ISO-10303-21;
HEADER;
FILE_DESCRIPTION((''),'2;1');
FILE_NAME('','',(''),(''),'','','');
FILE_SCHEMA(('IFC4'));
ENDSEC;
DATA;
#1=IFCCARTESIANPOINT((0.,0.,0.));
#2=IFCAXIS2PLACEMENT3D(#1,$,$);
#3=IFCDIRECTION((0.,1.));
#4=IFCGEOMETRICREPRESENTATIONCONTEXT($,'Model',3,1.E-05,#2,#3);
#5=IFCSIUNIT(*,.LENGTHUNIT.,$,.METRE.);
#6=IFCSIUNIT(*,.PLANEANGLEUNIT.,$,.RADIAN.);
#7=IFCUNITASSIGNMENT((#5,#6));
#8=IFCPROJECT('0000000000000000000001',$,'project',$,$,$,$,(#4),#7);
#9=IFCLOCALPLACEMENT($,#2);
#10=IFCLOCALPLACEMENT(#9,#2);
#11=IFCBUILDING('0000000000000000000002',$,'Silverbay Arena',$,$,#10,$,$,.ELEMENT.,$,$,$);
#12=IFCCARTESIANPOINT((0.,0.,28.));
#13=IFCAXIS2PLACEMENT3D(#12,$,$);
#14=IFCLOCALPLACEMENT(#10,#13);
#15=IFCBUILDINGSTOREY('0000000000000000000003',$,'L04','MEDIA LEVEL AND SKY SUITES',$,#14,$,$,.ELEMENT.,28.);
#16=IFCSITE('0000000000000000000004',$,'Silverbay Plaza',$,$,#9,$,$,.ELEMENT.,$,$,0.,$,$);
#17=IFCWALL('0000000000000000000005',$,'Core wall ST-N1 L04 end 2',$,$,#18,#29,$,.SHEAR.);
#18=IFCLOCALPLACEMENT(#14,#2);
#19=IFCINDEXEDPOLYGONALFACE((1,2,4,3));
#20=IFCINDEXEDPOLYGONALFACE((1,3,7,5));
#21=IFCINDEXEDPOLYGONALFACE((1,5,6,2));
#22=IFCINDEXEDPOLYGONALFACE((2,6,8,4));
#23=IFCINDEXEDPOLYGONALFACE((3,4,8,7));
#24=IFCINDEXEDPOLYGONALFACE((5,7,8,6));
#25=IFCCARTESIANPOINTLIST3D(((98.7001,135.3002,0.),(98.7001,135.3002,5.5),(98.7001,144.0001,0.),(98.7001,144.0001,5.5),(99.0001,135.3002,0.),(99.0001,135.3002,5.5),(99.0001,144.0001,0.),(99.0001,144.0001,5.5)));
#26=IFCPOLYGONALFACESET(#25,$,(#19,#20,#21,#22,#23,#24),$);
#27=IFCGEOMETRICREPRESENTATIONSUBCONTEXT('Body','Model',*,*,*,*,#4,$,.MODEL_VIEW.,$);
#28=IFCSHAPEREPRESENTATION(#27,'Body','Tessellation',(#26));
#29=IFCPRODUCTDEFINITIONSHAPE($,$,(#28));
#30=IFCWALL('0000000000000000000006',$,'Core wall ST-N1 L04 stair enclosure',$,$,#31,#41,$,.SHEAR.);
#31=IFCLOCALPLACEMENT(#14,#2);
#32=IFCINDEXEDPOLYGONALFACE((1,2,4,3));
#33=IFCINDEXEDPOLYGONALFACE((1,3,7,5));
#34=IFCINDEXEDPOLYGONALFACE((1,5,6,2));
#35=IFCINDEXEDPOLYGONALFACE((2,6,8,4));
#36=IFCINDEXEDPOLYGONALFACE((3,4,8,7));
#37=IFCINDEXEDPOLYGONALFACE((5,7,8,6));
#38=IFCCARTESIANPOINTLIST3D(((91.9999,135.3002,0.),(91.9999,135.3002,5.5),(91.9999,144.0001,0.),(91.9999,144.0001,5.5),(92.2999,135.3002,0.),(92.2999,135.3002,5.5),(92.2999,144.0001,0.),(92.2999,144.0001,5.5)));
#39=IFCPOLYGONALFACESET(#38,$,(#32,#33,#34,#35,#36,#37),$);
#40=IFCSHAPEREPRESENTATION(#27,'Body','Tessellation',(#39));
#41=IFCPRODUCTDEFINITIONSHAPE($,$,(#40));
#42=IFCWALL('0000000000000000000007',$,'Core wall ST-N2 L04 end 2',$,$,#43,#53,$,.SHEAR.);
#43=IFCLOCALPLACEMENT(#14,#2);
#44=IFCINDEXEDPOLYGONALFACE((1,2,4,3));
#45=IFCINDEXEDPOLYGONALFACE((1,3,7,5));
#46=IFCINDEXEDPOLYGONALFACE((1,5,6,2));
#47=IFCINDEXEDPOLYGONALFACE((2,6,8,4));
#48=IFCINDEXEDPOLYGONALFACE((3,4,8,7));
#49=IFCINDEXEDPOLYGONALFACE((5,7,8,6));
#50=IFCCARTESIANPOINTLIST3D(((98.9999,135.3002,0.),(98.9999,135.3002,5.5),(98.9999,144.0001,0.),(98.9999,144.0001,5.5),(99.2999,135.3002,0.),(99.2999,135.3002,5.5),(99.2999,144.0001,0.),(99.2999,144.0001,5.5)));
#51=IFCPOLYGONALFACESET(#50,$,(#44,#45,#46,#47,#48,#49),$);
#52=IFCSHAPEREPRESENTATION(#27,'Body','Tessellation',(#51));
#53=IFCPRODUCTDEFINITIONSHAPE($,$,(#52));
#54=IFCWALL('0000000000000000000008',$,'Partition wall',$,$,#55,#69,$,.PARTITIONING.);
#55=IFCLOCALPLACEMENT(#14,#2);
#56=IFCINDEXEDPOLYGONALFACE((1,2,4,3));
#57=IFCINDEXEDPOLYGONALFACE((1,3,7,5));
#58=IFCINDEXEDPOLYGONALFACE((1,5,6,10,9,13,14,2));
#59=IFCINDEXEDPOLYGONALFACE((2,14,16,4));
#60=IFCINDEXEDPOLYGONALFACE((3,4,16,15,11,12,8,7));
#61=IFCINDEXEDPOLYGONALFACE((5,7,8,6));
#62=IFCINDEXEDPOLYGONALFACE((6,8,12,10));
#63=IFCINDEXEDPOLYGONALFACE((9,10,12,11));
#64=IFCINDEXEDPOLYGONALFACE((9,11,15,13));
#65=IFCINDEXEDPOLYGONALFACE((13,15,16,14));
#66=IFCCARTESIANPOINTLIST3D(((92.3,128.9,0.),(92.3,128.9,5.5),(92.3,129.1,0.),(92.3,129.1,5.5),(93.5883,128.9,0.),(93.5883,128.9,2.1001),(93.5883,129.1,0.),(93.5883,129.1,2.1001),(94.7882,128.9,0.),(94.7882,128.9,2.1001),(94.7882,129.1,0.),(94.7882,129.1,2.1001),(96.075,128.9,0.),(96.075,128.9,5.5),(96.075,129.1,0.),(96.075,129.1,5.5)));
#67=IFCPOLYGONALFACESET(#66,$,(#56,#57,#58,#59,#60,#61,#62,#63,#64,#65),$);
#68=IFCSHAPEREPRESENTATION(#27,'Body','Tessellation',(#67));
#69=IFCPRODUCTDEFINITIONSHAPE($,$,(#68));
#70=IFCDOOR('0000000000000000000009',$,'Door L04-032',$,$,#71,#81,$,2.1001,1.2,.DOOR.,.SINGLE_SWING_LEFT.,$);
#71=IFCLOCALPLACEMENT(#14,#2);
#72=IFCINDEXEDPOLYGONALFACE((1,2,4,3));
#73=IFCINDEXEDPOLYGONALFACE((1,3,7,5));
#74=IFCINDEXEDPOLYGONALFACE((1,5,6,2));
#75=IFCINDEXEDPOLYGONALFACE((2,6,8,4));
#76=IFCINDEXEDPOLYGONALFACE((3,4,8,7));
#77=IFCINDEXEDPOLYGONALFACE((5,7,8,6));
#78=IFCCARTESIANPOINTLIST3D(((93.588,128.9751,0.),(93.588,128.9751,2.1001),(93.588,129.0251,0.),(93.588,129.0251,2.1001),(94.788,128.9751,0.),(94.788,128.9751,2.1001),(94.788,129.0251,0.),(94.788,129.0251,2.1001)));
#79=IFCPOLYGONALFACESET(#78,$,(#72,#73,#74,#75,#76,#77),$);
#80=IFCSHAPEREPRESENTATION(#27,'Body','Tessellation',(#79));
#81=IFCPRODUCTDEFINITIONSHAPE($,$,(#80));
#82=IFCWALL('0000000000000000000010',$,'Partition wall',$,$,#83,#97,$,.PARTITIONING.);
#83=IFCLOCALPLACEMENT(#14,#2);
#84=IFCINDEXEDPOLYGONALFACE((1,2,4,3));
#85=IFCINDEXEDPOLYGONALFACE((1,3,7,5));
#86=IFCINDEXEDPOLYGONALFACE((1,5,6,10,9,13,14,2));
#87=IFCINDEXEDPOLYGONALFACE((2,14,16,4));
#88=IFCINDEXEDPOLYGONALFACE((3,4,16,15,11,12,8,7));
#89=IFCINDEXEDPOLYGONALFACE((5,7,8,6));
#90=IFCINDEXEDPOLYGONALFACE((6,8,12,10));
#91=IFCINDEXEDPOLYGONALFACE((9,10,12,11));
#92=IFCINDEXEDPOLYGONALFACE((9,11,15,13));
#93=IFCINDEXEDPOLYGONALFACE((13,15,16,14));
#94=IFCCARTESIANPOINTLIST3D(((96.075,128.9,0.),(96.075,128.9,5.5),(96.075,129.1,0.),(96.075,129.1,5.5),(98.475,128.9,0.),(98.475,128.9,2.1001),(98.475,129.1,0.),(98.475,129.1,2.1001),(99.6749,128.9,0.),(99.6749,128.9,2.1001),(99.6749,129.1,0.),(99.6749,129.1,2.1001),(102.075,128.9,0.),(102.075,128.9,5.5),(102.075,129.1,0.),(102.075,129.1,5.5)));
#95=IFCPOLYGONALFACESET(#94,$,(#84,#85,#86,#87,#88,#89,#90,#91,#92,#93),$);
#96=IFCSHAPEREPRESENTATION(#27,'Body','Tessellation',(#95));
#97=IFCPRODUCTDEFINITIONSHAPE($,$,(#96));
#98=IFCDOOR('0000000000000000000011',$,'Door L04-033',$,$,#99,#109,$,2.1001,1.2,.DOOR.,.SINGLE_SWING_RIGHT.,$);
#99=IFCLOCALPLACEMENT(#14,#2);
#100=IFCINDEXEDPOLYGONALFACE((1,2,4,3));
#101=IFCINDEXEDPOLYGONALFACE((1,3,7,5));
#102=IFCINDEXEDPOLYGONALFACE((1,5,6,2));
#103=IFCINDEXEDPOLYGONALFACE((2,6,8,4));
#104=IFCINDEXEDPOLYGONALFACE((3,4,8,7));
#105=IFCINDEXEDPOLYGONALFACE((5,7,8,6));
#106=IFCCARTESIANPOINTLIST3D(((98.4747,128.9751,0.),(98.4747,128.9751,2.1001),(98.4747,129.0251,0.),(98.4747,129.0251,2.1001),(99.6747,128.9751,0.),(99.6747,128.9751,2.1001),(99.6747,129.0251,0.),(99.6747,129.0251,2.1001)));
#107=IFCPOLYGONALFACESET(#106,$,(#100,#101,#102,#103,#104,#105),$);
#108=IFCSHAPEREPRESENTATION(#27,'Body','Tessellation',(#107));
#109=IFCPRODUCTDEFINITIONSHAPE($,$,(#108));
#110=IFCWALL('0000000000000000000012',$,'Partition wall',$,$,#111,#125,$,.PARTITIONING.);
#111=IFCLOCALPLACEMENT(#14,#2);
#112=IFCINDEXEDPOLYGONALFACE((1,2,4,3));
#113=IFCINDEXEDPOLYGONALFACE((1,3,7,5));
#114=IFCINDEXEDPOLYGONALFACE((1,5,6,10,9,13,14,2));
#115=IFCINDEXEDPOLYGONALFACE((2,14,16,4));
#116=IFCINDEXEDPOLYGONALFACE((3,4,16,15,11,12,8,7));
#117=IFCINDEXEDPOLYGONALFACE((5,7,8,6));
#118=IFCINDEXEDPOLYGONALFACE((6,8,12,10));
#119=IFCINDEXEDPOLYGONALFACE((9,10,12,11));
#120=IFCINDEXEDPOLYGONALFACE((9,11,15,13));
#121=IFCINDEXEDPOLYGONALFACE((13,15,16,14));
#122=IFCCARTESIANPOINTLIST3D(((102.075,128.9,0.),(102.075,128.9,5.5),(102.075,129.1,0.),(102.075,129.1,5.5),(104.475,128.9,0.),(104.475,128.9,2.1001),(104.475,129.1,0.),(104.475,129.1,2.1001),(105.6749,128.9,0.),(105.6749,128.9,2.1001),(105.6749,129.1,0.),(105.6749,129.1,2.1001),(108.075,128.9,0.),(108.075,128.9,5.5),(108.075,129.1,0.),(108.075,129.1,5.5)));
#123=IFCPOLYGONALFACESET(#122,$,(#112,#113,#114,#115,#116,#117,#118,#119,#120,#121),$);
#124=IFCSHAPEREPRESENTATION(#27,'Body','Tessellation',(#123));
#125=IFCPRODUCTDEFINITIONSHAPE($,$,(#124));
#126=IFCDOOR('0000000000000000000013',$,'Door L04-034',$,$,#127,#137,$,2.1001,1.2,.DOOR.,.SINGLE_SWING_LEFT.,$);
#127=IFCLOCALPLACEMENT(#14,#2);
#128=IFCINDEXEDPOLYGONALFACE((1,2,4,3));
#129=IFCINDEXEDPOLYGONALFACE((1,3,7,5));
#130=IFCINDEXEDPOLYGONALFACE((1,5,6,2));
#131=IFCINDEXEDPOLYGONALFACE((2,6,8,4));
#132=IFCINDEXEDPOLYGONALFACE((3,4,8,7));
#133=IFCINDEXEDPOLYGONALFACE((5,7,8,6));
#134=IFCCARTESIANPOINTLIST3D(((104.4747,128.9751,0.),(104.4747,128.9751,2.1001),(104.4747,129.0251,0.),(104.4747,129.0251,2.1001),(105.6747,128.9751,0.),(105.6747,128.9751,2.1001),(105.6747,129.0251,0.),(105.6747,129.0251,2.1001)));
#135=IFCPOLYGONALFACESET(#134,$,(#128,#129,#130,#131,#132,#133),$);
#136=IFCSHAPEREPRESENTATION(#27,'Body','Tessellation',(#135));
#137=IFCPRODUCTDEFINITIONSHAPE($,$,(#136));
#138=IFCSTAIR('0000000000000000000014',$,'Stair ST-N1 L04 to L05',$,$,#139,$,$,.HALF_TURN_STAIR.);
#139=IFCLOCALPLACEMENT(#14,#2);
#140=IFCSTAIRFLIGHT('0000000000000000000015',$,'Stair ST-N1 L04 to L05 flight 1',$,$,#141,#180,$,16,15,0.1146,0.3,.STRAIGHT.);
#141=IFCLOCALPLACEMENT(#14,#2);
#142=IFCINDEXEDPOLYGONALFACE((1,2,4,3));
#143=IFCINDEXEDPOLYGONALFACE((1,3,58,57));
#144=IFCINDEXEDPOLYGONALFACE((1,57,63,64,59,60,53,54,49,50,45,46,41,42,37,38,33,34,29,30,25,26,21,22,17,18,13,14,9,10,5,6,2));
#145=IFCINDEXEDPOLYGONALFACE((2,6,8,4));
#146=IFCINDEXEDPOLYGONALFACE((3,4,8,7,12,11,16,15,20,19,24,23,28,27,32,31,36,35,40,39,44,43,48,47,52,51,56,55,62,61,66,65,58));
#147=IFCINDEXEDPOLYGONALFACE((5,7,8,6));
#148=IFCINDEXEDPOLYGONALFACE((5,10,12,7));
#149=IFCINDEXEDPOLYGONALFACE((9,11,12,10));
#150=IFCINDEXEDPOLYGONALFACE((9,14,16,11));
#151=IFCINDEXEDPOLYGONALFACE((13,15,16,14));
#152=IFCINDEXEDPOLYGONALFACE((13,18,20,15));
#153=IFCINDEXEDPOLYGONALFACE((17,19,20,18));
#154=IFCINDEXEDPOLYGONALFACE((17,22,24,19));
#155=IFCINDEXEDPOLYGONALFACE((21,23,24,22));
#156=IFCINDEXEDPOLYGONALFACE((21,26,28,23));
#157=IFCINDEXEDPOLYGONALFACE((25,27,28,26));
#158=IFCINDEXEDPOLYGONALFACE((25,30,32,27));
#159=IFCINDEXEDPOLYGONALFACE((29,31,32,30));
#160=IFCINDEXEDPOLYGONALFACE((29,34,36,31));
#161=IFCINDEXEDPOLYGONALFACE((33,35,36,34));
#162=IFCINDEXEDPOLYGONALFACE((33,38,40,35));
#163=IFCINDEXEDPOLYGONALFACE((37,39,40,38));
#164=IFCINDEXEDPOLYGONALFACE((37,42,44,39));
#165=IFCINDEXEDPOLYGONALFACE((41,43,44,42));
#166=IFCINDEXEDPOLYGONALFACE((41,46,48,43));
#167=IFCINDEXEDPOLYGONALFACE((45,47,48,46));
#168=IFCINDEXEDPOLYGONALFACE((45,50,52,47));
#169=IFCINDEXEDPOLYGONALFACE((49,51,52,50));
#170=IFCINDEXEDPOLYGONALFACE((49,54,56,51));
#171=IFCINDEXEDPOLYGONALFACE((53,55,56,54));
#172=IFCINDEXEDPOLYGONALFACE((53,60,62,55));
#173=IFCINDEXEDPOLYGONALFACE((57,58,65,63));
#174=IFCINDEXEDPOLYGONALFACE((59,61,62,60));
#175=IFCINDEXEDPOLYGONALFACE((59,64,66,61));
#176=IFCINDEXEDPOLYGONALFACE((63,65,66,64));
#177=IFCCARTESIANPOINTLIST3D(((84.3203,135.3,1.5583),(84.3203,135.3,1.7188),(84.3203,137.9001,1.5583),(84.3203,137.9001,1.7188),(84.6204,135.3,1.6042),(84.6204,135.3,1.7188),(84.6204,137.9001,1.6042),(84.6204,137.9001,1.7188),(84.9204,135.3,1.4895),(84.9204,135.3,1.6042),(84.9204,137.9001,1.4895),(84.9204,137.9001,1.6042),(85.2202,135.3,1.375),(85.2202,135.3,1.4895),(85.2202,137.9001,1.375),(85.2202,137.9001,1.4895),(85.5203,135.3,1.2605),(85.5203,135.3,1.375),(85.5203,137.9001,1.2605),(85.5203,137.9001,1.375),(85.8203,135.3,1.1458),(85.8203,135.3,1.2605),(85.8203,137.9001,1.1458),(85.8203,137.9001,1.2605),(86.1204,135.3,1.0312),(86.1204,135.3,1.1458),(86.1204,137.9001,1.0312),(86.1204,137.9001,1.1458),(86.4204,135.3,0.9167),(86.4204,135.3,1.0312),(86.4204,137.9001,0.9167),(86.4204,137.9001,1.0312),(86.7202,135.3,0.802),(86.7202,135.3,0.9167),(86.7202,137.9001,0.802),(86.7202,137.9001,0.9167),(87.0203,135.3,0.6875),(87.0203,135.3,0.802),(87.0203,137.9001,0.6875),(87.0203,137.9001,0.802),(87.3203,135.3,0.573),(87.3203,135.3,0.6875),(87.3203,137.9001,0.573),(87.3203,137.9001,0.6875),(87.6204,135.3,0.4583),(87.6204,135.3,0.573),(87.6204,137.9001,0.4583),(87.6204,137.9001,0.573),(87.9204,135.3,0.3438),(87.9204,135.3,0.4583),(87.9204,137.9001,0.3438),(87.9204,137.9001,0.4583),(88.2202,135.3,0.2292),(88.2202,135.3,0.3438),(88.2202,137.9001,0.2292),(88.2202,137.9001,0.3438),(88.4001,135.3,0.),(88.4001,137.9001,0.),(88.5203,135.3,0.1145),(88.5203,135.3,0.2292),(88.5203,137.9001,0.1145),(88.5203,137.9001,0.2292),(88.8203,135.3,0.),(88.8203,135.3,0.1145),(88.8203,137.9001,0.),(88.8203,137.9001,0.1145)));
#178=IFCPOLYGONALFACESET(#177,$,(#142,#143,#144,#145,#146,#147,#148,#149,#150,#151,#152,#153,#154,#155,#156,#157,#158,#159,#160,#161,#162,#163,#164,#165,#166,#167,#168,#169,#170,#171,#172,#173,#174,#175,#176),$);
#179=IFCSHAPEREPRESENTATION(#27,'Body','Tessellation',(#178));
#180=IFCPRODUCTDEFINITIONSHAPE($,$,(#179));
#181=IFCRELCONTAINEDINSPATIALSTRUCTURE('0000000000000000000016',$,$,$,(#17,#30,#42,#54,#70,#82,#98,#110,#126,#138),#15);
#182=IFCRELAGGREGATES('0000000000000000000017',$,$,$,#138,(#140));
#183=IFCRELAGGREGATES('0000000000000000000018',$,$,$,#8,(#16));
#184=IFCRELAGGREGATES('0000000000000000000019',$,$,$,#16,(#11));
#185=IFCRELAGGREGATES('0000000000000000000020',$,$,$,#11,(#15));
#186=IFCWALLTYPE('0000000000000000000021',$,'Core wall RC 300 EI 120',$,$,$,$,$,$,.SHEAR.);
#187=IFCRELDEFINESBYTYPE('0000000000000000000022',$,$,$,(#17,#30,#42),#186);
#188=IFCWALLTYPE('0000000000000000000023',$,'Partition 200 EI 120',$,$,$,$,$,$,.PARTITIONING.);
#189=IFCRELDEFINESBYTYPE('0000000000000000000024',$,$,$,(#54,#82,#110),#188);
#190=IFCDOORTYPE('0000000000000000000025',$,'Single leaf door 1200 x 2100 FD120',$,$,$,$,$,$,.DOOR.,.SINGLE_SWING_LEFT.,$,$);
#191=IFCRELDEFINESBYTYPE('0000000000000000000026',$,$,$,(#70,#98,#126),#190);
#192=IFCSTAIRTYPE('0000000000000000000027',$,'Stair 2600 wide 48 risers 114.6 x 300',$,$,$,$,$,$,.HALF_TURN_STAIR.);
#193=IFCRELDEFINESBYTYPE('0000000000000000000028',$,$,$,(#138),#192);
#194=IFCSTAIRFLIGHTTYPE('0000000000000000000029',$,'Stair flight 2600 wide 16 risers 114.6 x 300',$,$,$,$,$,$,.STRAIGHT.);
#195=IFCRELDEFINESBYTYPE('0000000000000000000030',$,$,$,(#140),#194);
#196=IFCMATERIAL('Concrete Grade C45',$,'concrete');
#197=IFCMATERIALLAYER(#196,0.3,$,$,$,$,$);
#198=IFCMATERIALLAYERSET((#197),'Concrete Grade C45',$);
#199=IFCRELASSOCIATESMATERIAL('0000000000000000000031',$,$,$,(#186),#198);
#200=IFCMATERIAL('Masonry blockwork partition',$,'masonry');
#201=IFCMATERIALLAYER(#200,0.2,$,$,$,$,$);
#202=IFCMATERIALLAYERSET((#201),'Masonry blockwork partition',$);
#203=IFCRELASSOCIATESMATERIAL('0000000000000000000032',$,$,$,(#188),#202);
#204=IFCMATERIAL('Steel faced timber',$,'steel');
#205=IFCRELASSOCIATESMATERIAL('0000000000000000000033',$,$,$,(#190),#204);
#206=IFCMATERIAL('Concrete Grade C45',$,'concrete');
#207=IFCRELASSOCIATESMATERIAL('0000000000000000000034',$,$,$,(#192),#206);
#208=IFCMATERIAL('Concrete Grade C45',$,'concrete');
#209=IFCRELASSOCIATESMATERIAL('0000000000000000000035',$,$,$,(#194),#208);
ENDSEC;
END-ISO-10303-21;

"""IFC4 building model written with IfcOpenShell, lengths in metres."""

from ifc_helpers import new_model, si_unit, direction, frame, frame_2d, origin, place, context, subcontext, project, spatial, polyline, rectangle, outline, extrude, material, layer, layer_set, type_object, element, fill, aggregate, save


model = new_model("IFC4")

# Units and contexts
model_context = context("Model", 3, precision=1e-05, world=origin(), true_north=direction((0.0, 1.0)))
body_context = subcontext(model_context, "Body", "Model", "MODEL_VIEW")
ifc_project = project(units=[si_unit("LENGTHUNIT", "METRE"), si_unit("PLANEANGLEUNIT", "RADIAN")], contexts=[model_context])

# Site, building, storey
site_placement = place(None, origin())
site = spatial("IfcSite", under=ifc_project, at=site_placement, Name="Silverbay Plaza", CompositionType="ELEMENT", RefElevation=0.0)
building_placement = place(site_placement, origin())
building = spatial("IfcBuilding", under=site, at=building_placement, Name="Silverbay Arena", CompositionType="ELEMENT")
storey_placement = place(building_placement, frame((0.0, 0.0, 28.0)))
storey = spatial("IfcBuildingStorey", under=building, at=storey_placement, Name="L04", Description="MEDIA LEVEL AND SKY SUITES", CompositionType="ELEMENT", Elevation=28.0)

# Walls
ifc_material_1 = material(Name="Concrete Grade C45", Category="concrete")
ifc_layer_1 = layer(ifc_material_1, 0.3)
ifc_layer_set_1 = layer_set([ifc_layer_1], Name="Concrete Grade C45")
wall_type_1 = type_object("IfcWallType", Name="Core wall RC 300 EI 120", PredefinedType="SHEAR", material=ifc_layer_set_1)
for number, where, z_axis, x_axis, name in (
    (1, (98.8501, 135.3, 0.0), (0.0, 0.0, 1.0), (0.0, 1.0, 0.0), "Core wall ST-N1 L04 end 2"),
    (2, (92.1499, 135.3, 0.0), (0.0, 0.0, 1.0), (0.0, 1.0, 0.0), "Core wall ST-N1 L04 stair enclosure"),
    (3, (99.1499, 135.3, 0.0), (0.0, 0.0, 1.0), (0.0, 1.0, 0.0), "Core wall ST-N2 L04 end 2"),
):
    element("IfcWall", number, at=place(storey_placement, frame(where, z_axis=z_axis, x_axis=x_axis)), inside=storey, type_object=wall_type_1, Name=name, PredefinedType="SHEAR", context=body_context, shape_type="SweptSolid", body=[
        extrude(rectangle(XDim=8.7, YDim=0.3, at=frame_2d((4.3501, 0.0))), origin(), (0.0, 0.0, 1.0), 5.5),
    ])

# Walls, openings, doors
ifc_material_2 = material(Name="Masonry blockwork partition", Category="masonry")
ifc_layer_2 = layer(ifc_material_2, 0.2)
ifc_layer_set_2 = layer_set([ifc_layer_2], Name="Masonry blockwork partition")
wall_type_2 = type_object("IfcWallType", Name="Partition 200 EI 120", PredefinedType="PARTITIONING", material=ifc_layer_set_2)
wall_1_placement = place(storey_placement, frame((92.3, 129.0, 0.0), z_axis=(0.0, 0.0, 1.0), x_axis=(1.0, 0.0, 0.0)))
wall_1 = element("IfcWall", 4, at=wall_1_placement, inside=storey, type_object=wall_type_2, Name="Partition wall", PredefinedType="PARTITIONING", context=body_context, shape_type="SweptSolid", body=[
    extrude(rectangle(XDim=3.7749, YDim=0.2, at=frame_2d((1.8875, 0.0))), origin(), (0.0, 0.0, 1.0), 5.5),
])
opening_1_placement = place(wall_1_placement, frame((1.2881, 0.0, 0.0)))
opening_1 = element("IfcOpeningElement", 5, at=opening_1_placement, cuts=wall_1, PredefinedType="OPENING", context=body_context, shape_type="SweptSolid", body=[
    extrude(rectangle(XDim=1.2, YDim=2.1001, at=frame_2d((0.6001, 1.05))), frame((0.0, 0.1099, 0.0), z_axis=(0.0, -1.0, 0.0), x_axis=(1.0, 0.0, 0.0)), (0.0, 0.0, 1.0), 0.22),
])
ifc_material_3 = material(Name="Steel faced timber", Category="steel")
door_type = type_object("IfcDoorType", Name="Single leaf door 1200 x 2100 FD120", OperationType="SINGLE_SWING_LEFT", PredefinedType="DOOR", material=ifc_material_3)
door_1_placement = place(opening_1_placement, frame((1.2, 0.0, 0.0), z_axis=(0.0, 0.0, 1.0), x_axis=(-1.0, 0.0, 0.0)))
door_1 = element("IfcDoor", 6, at=door_1_placement, inside=storey, type_object=door_type, Name="Door L04-032", OperationType="SINGLE_SWING_LEFT", OverallHeight=2.1001, OverallWidth=1.2, PredefinedType="DOOR", context=body_context, shape_type="SweptSolid", body=[
    extrude(rectangle(XDim=1.2, YDim=2.1001, at=frame_2d((0.6001, 1.05))), frame((0.0, 0.0249, 0.0), z_axis=(0.0, -1.0, 0.0), x_axis=(1.0, 0.0, 0.0)), (0.0, 0.0, 1.0), 0.05),
])
fill(opening_1, door_1)
wall_2_placement = place(storey_placement, frame((96.075, 129.0, 0.0), z_axis=(0.0, 0.0, 1.0), x_axis=(1.0, 0.0, 0.0)))
wall_2 = element("IfcWall", 7, at=wall_2_placement, inside=storey, type_object=wall_type_2, Name="Partition wall", PredefinedType="PARTITIONING", context=body_context, shape_type="SweptSolid", body=[
    extrude(rectangle(XDim=6.0, YDim=0.2, at=frame_2d((3.0, 0.0))), origin(), (0.0, 0.0, 1.0), 5.5),
])
opening_2_placement = place(wall_2_placement, frame((2.3999, 0.0, 0.0)))
opening_2 = element("IfcOpeningElement", 8, at=opening_2_placement, cuts=wall_2, PredefinedType="OPENING", context=body_context, shape_type="SweptSolid", body=[
    extrude(rectangle(XDim=1.2, YDim=2.1001, at=frame_2d((0.6001, 1.05))), frame((0.0, 0.1099, 0.0), z_axis=(0.0, -1.0, 0.0), x_axis=(1.0, 0.0, 0.0)), (0.0, 0.0, 1.0), 0.22),
])
door_2_placement = place(opening_2_placement, frame((1.2, 0.0, 0.0), z_axis=(0.0, 0.0, 1.0), x_axis=(-1.0, 0.0, 0.0)))
door_2 = element("IfcDoor", 9, at=door_2_placement, inside=storey, type_object=door_type, Name="Door L04-033", OperationType="SINGLE_SWING_RIGHT", OverallHeight=2.1001, OverallWidth=1.2, PredefinedType="DOOR", context=body_context, shape_type="SweptSolid", body=[
    extrude(rectangle(XDim=1.2, YDim=2.1001, at=frame_2d((0.6001, 1.05))), frame((0.0, 0.0249, 0.0), z_axis=(0.0, -1.0, 0.0), x_axis=(1.0, 0.0, 0.0)), (0.0, 0.0, 1.0), 0.05),
])
fill(opening_2, door_2)
wall_3_placement = place(storey_placement, frame((102.075, 129.0, 0.0), z_axis=(0.0, 0.0, 1.0), x_axis=(1.0, 0.0, 0.0)))
wall_3 = element("IfcWall", 10, at=wall_3_placement, inside=storey, type_object=wall_type_2, Name="Partition wall", PredefinedType="PARTITIONING", context=body_context, shape_type="SweptSolid", body=[
    extrude(rectangle(XDim=6.0, YDim=0.2, at=frame_2d((3.0, 0.0))), origin(), (0.0, 0.0, 1.0), 5.5),
])
opening_3_placement = place(wall_3_placement, frame((2.3999, 0.0, 0.0)))
opening_3 = element("IfcOpeningElement", 11, at=opening_3_placement, cuts=wall_3, PredefinedType="OPENING", context=body_context, shape_type="SweptSolid", body=[
    extrude(rectangle(XDim=1.2, YDim=2.1001, at=frame_2d((0.6001, 1.05))), frame((0.0, 0.1099, 0.0), z_axis=(0.0, -1.0, 0.0), x_axis=(1.0, 0.0, 0.0)), (0.0, 0.0, 1.0), 0.22),
])
door_3_placement = place(opening_3_placement, frame((1.2, 0.0, 0.0), z_axis=(0.0, 0.0, 1.0), x_axis=(-1.0, 0.0, 0.0)))
door_3 = element("IfcDoor", 12, at=door_3_placement, inside=storey, type_object=door_type, Name="Door L04-034", OperationType="SINGLE_SWING_LEFT", OverallHeight=2.1001, OverallWidth=1.2, PredefinedType="DOOR", context=body_context, shape_type="SweptSolid", body=[
    extrude(rectangle(XDim=1.2, YDim=2.1001, at=frame_2d((0.6001, 1.05))), frame((0.0, 0.0249, 0.0), z_axis=(0.0, -1.0, 0.0), x_axis=(1.0, 0.0, 0.0)), (0.0, 0.0, 1.0), 0.05),
])
fill(opening_3, door_3)

# Stair, stair flight
ifc_material_4 = material(Name="Concrete Grade C45", Category="concrete")
stair_type = type_object("IfcStairType", Name="Stair 2600 wide 48 risers 114.6 x 300", PredefinedType="HALF_TURN_STAIR", material=ifc_material_4)
stair_placement = place(storey_placement, origin())
stair = element("IfcStair", 13, at=stair_placement, inside=storey, type_object=stair_type, Name="Stair ST-N1 L04 to L05", PredefinedType="HALF_TURN_STAIR")
ifc_material_5 = material(Name="Concrete Grade C45", Category="concrete")
stair_flight_type = type_object("IfcStairFlightType", Name="Stair flight 2600 wide 16 risers 114.6 x 300", PredefinedType="STRAIGHT", material=ifc_material_5)
stair_flight_1_placement = place(storey_placement, frame((88.8203, 136.6001, 0.0), z_axis=(0.0, 0.0, 1.0), x_axis=(-1.0, 0.0, 0.0)))
stair_flight_1 = element("IfcStairFlight", 14, at=stair_flight_1_placement, type_object=stair_flight_type, Name="Stair ST-N1 L04 to L05 flight 1", NumberOfRisers=16, NumberOfTreads=15, PredefinedType="STRAIGHT", RiserHeight=0.1146, TreadLength=0.3, context=body_context, shape_type="SweptSolid", body=[
    extrude(outline(polyline([(0.0, 0.0), (0.0, 0.1145), (0.3, 0.1145), (0.3, 0.2292), (0.6001, 0.2292), (0.6001, 0.3438), (0.8999, 0.3438), (0.8999, 0.4583), (1.2, 0.4583), (1.2, 0.573), (1.5, 0.573), (1.5, 0.6875), (1.8, 0.6875), (1.8, 0.802), (2.1001, 0.802), (2.1001, 0.9167), (2.3999, 0.9167), (2.3999, 1.0312), (2.7, 1.0312), (2.7, 1.1458), (3.0, 1.1458), (3.0, 1.2605), (3.3, 1.2605), (3.3, 1.375), (3.6001, 1.375), (3.6001, 1.4895), (3.8999, 1.4895), (3.8999, 1.6042), (4.2, 1.6042), (4.2, 1.7188), (4.5, 1.7188), (4.5, 1.5583), (0.4202, 0.0), (0.0, 0.0)])), frame((0.0, 1.3, 0.0), z_axis=(0.0, -1.0, 0.0), x_axis=(1.0, 0.0, 0.0)), (0.0, 0.0, 1.0), 2.6001),
])
aggregate(stair, [stair_flight_1])

save(model, "model.ifc")
